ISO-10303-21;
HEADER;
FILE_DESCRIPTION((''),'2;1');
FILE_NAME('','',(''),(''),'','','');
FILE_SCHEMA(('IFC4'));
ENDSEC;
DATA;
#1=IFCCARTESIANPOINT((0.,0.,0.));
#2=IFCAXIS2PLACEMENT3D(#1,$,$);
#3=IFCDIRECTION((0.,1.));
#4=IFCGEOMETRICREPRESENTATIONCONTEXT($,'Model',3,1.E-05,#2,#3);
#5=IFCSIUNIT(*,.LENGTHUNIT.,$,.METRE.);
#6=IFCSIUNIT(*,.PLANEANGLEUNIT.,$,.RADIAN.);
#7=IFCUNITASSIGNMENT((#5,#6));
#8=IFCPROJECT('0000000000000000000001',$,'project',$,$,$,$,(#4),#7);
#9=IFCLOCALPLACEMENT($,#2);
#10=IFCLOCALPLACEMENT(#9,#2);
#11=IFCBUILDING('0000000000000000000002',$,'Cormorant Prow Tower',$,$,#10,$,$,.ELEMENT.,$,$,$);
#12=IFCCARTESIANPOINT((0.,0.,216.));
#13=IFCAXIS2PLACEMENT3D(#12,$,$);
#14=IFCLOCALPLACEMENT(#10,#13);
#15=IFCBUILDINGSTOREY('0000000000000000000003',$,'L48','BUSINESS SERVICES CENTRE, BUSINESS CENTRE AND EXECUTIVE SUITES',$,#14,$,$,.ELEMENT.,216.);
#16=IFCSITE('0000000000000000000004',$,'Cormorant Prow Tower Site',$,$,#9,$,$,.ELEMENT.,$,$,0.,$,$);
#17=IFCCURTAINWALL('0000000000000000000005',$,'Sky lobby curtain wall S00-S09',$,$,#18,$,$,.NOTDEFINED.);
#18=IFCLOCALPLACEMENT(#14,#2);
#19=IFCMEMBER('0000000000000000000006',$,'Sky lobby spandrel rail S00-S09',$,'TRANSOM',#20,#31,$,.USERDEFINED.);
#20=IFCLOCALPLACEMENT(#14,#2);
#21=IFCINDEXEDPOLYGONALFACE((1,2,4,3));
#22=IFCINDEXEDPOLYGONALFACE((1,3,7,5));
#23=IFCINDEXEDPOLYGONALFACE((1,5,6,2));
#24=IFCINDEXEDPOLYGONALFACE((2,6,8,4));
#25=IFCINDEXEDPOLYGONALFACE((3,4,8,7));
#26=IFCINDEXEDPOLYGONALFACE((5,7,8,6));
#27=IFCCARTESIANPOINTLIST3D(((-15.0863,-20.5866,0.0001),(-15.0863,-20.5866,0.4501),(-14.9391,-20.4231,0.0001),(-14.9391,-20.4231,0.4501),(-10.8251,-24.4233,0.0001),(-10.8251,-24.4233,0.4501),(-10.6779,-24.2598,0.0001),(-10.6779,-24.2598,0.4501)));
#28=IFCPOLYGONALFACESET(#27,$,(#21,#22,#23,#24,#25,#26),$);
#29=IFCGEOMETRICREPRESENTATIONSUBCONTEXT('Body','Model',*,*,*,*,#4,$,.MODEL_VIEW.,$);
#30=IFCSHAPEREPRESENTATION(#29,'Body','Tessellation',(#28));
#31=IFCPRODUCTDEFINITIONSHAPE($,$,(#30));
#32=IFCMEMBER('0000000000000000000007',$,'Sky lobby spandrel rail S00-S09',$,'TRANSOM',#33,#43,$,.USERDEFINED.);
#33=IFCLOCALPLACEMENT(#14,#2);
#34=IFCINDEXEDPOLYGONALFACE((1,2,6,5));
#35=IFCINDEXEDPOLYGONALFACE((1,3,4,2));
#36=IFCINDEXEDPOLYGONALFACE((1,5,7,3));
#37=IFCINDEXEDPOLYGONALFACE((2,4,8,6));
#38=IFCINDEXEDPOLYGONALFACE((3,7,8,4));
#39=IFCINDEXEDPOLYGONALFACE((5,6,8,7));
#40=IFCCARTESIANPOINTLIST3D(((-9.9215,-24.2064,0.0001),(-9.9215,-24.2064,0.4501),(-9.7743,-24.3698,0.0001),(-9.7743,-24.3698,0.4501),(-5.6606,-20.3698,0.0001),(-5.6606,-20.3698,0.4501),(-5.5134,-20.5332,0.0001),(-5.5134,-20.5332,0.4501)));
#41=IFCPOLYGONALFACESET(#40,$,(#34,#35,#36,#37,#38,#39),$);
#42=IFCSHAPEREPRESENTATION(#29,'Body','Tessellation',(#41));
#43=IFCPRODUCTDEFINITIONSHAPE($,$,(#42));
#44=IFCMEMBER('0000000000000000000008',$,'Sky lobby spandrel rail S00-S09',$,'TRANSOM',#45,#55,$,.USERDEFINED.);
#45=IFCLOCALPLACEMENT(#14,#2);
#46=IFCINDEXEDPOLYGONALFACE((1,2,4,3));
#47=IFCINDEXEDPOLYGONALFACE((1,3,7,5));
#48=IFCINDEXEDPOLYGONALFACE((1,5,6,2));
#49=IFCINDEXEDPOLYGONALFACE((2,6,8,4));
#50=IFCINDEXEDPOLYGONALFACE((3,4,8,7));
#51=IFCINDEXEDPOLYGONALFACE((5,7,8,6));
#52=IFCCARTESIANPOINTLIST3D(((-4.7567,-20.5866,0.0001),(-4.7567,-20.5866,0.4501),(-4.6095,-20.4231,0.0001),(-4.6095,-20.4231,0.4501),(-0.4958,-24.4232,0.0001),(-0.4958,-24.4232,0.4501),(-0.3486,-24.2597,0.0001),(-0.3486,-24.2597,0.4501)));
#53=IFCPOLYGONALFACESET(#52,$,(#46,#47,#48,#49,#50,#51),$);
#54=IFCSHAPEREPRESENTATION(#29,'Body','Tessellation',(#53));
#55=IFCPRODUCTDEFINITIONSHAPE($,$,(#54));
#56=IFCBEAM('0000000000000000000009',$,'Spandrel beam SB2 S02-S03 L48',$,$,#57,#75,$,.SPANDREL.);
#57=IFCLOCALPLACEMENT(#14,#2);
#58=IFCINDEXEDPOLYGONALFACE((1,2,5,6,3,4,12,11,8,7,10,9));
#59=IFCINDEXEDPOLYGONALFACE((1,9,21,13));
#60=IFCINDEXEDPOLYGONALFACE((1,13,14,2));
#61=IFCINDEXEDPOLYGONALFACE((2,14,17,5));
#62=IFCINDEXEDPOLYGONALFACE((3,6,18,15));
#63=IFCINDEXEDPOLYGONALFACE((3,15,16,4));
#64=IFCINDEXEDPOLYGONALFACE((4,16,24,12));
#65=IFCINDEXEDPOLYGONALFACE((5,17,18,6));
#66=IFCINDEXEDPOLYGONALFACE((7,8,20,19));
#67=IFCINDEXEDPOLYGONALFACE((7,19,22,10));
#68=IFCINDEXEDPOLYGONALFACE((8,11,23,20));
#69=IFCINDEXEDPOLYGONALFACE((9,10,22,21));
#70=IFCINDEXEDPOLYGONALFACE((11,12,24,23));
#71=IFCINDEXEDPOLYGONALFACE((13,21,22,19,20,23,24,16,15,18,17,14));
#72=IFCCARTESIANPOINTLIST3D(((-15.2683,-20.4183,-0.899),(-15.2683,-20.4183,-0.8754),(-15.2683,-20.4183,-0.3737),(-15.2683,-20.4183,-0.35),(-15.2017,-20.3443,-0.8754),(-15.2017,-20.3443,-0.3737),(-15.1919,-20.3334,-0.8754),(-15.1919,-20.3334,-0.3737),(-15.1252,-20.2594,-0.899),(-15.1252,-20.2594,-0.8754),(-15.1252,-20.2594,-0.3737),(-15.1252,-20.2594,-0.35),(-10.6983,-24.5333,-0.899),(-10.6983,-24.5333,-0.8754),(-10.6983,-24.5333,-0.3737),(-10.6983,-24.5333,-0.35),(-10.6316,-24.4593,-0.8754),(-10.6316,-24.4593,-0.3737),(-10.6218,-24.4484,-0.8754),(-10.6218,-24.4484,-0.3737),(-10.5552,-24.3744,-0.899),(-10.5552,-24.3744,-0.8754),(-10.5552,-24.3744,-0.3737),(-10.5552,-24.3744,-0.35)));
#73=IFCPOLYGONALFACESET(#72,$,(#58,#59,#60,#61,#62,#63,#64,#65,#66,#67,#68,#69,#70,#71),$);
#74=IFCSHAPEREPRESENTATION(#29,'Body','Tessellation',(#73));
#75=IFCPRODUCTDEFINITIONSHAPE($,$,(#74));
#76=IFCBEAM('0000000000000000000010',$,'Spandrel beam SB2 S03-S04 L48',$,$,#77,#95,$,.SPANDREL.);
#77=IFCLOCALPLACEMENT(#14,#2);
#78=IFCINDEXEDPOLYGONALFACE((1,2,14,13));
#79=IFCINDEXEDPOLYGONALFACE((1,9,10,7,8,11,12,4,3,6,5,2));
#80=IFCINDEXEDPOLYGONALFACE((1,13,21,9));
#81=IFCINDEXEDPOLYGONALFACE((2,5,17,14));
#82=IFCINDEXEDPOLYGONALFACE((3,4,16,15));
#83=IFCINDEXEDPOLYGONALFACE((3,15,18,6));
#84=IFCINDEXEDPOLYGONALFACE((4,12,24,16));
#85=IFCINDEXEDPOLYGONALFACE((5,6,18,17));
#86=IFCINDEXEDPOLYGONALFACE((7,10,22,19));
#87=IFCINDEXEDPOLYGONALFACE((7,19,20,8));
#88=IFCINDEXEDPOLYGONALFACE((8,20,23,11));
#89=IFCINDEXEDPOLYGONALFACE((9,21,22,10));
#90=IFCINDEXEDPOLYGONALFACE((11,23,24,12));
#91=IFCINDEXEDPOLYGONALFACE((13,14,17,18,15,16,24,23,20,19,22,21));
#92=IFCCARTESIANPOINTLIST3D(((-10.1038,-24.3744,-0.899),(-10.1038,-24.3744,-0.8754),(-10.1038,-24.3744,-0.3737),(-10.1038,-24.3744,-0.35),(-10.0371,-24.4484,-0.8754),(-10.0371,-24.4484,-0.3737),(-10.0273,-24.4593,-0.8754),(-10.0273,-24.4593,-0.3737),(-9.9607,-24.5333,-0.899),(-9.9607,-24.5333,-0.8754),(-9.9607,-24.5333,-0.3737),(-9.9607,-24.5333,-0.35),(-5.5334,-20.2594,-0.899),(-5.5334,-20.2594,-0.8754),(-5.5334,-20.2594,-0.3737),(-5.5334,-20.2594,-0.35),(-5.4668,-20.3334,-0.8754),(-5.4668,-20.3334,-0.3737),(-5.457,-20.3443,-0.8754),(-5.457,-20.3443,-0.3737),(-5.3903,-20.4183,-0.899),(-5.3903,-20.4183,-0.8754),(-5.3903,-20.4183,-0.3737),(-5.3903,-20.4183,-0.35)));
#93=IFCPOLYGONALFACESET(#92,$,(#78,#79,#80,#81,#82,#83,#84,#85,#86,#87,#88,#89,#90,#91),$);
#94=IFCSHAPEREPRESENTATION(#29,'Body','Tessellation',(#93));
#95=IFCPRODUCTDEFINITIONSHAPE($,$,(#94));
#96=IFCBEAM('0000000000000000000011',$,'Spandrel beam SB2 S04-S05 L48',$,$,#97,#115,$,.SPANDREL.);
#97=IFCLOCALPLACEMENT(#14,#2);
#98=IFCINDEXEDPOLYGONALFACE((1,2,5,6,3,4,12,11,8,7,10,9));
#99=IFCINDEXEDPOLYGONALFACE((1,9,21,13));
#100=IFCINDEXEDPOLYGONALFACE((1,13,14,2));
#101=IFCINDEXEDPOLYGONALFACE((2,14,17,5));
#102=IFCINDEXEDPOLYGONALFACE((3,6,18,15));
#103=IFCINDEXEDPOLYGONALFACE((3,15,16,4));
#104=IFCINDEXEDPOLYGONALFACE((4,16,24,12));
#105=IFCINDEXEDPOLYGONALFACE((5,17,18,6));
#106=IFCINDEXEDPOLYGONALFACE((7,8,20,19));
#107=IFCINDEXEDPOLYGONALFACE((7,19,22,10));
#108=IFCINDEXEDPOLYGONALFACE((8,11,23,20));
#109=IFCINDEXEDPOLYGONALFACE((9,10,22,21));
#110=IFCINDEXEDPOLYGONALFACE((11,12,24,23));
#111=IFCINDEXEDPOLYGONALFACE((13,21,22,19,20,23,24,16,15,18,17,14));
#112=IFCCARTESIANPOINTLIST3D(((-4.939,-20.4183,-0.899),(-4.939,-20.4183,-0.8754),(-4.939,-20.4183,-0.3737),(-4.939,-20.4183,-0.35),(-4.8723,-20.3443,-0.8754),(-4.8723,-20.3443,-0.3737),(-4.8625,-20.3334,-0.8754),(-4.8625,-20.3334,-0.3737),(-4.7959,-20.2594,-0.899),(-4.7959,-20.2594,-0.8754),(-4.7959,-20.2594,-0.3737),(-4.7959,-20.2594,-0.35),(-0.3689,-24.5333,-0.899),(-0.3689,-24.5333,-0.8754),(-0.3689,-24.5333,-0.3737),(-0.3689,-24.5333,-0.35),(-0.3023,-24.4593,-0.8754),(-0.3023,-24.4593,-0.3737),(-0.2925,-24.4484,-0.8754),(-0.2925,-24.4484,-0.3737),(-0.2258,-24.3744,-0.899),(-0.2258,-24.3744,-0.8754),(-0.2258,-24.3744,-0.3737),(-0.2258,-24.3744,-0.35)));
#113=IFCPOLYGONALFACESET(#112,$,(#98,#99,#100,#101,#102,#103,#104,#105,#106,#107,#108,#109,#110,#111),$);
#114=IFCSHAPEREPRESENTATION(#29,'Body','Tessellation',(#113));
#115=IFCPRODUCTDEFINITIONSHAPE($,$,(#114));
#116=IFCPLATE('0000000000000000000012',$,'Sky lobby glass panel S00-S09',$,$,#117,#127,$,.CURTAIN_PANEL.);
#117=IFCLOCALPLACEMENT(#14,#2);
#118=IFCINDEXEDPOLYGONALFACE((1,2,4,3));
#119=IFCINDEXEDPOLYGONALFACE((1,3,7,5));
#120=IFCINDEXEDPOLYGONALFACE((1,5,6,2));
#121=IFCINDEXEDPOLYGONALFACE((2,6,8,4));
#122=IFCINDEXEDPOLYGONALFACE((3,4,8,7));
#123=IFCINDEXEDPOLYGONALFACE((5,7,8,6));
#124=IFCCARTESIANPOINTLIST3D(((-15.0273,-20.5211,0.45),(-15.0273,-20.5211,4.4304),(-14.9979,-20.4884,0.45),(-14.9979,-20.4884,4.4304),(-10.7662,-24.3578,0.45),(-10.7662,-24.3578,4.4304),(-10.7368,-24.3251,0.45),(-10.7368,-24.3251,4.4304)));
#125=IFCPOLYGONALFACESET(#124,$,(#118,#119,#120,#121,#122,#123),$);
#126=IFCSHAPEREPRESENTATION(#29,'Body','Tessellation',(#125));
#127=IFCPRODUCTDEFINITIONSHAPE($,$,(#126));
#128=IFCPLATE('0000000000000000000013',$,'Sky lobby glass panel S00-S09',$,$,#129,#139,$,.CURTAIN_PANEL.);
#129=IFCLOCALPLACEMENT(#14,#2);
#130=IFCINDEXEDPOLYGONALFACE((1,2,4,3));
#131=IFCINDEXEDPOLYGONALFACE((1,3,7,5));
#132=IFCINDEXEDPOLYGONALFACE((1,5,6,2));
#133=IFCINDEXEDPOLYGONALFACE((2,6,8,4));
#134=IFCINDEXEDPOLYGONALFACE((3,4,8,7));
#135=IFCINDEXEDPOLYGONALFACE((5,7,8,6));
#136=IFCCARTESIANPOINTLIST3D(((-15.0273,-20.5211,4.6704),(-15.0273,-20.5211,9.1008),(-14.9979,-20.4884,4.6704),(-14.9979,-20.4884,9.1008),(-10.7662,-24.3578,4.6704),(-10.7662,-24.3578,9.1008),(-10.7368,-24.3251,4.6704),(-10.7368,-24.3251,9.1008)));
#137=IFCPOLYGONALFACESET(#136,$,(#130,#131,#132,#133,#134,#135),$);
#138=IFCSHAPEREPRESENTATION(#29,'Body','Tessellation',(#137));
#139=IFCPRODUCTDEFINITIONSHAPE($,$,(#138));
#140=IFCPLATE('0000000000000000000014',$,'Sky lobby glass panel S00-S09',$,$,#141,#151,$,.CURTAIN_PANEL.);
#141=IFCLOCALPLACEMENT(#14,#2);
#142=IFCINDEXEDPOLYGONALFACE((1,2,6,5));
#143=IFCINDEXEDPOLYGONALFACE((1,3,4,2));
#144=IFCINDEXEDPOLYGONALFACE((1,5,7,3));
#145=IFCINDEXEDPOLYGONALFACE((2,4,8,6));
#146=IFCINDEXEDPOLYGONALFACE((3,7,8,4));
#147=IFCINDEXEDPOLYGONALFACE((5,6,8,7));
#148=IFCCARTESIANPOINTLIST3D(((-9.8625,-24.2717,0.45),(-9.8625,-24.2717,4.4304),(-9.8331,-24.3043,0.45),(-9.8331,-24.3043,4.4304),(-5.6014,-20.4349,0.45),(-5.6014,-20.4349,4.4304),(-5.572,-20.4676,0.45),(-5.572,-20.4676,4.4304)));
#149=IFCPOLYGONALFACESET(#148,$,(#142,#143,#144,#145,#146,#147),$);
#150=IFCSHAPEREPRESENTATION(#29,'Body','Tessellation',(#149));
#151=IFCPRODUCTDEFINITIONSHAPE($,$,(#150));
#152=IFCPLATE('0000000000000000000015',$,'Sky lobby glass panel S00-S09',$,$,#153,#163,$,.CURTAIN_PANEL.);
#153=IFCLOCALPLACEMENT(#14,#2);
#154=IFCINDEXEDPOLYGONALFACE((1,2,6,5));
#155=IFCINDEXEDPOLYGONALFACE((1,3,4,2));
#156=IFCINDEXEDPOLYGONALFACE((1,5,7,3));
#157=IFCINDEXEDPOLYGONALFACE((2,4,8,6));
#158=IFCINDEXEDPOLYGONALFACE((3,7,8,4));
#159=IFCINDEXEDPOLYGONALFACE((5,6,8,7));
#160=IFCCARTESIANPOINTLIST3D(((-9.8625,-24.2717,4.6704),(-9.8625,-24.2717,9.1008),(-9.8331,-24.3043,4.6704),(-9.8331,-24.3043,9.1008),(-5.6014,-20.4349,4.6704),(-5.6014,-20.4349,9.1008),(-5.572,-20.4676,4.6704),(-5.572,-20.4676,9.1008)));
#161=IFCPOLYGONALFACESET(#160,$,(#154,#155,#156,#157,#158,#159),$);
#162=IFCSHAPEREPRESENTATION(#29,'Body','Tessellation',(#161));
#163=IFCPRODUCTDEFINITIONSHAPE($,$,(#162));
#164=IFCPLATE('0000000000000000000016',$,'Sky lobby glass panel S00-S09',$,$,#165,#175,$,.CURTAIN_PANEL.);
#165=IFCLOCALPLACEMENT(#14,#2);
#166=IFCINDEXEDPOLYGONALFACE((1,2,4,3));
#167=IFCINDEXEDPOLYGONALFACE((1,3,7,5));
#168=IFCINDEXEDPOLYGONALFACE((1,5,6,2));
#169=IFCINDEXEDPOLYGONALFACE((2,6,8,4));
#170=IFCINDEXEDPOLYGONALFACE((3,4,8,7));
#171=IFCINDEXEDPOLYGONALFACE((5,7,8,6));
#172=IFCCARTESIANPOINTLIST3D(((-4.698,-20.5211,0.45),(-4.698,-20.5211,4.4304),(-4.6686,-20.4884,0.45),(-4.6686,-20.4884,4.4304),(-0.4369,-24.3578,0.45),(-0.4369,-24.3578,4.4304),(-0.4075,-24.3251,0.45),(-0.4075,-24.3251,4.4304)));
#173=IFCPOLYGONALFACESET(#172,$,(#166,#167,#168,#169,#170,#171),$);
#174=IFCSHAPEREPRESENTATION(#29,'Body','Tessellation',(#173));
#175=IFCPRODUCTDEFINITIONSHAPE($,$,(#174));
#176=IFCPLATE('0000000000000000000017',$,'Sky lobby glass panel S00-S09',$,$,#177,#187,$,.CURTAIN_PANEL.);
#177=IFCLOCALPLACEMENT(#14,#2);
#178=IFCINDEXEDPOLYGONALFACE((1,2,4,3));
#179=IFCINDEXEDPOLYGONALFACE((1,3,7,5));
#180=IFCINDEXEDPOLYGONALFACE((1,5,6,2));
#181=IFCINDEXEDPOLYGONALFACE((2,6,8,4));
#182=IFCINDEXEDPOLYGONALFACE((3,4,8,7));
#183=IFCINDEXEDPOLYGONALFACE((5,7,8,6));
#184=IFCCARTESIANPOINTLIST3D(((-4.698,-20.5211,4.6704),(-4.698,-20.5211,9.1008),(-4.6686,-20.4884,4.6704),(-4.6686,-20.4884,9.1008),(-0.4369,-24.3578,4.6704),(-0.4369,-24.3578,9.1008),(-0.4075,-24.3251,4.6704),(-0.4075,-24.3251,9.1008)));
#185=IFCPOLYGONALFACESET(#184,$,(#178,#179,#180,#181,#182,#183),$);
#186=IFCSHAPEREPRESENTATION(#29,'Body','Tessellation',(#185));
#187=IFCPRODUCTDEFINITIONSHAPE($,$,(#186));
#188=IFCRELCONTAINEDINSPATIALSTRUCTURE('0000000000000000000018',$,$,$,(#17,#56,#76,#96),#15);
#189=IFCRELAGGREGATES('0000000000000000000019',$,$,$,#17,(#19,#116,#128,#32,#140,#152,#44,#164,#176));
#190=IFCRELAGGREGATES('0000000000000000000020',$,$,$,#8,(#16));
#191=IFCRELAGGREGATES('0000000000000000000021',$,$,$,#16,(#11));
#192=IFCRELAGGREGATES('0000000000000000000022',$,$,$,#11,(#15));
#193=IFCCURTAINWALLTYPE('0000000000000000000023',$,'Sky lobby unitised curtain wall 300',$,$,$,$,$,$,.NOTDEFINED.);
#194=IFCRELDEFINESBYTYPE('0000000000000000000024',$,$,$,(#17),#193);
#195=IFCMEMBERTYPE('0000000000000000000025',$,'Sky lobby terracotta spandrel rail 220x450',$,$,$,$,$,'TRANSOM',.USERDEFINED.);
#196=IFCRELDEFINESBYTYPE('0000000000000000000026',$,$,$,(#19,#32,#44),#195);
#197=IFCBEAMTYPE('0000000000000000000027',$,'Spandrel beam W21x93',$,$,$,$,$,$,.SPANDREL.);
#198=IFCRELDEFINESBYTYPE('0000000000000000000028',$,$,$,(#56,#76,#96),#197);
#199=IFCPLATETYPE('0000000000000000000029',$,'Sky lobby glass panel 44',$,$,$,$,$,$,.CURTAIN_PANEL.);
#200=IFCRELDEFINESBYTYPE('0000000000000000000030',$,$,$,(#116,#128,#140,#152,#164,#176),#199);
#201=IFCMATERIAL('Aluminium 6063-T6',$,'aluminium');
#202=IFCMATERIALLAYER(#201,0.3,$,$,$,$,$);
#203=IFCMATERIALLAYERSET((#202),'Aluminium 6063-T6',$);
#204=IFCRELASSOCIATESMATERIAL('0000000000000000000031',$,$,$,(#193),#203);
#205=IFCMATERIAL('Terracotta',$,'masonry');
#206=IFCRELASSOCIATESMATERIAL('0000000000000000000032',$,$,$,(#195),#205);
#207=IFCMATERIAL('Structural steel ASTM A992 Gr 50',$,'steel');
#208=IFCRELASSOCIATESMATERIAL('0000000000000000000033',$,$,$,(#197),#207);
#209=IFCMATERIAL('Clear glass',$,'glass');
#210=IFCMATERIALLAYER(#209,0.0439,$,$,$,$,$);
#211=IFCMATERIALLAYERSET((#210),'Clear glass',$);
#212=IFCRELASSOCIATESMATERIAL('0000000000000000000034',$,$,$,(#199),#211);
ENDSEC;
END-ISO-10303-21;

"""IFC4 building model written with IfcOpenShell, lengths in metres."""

from ifc_helpers import new_model, si_unit, direction, frame, origin, origin_2d, place, context, subcontext, project, spatial, rectangle, i_section, extrude, material, layer, layer_set, material_profile, profile_set, type_object, element, aggregate, save


model = new_model("IFC4")

# Units and contexts
model_context = context("Model", 3, precision=1e-05, world=origin(), true_north=direction((0.0, 1.0)))
body_context = subcontext(model_context, "Body", "Model", "MODEL_VIEW")
ifc_project = project(units=[si_unit("LENGTHUNIT", "METRE"), si_unit("PLANEANGLEUNIT", "RADIAN")], contexts=[model_context])

# Site, building, storey
site_placement = place(None, origin())
site = spatial("IfcSite", under=ifc_project, at=site_placement, Name="Cormorant Prow Tower Site", CompositionType="ELEMENT", RefElevation=0.0)
building_placement = place(site_placement, origin())
building = spatial("IfcBuilding", under=site, at=building_placement, Name="Cormorant Prow Tower", CompositionType="ELEMENT")
storey_placement = place(building_placement, frame((0.0, 0.0, 216.0)))
storey = spatial("IfcBuildingStorey", under=building, at=storey_placement, Name="L48", Description="BUSINESS SERVICES CENTRE, BUSINESS CENTRE AND EXECUTIVE SUITES", CompositionType="ELEMENT", Elevation=216.0)

# Curtain wall, members
ifc_material_1 = material(Name="Aluminium 6063-T6", Category="aluminium")
ifc_layer_1 = layer(ifc_material_1, 0.3)
ifc_layer_set_1 = layer_set([ifc_layer_1], Name="Aluminium 6063-T6")
curtain_wall_type = type_object("IfcCurtainWallType", Name="Sky lobby unitised curtain wall 300", PredefinedType="NOTDEFINED", material=ifc_layer_set_1)
curtain_wall_placement = place(storey_placement, origin())
curtain_wall = element("IfcCurtainWall", 1, at=curtain_wall_placement, inside=storey, type_object=curtain_wall_type, Name="Sky lobby curtain wall S00-S09", PredefinedType="NOTDEFINED")
ifc_material_2 = material(Name="Terracotta", Category="masonry")
ifc_material_profile_1 = material_profile(ifc_material_2, rectangle(XDim=0.22, YDim=0.45, at=origin_2d()), Name="Sky lobby terracotta spandrel rail 220x450")
ifc_profile_set_1 = profile_set([ifc_material_profile_1], Name="Terracotta")
member_type_1 = type_object("IfcMemberType", Name="Sky lobby terracotta spandrel rail 220x450", ElementType="TRANSOM", PredefinedType="USERDEFINED", material=ifc_profile_set_1)
member_1_placement = place(storey_placement, frame((-15.0127, -20.5049, 0.2251), z_axis=(0.743159, -0.669115, 0.0), x_axis=(0.669115, 0.743159, 0.0)))
member_1 = element("IfcMember", 2, at=member_1_placement, type_object=member_type_1, Name="Sky lobby spandrel rail S00-S09", ObjectType="TRANSOM", PredefinedType="USERDEFINED", context=body_context, shape_type="SweptSolid", body=[
    extrude(rectangle(XDim=0.22, YDim=0.45, at=origin_2d()), origin(), (0.0, 0.0, 1.0), 5.7339),
])
member_2_placement = place(storey_placement, frame((-9.8479, -24.2881, 0.2251), z_axis=(0.74314, 0.669136, 0.0), x_axis=(-0.669136, 0.74314, 0.0)))
member_2 = element("IfcMember", 3, at=member_2_placement, type_object=member_type_1, Name="Sky lobby spandrel rail S00-S09", ObjectType="TRANSOM", PredefinedType="USERDEFINED", context=body_context, shape_type="SweptSolid", body=[
    extrude(rectangle(XDim=0.22, YDim=0.45, at=origin_2d()), origin(), (0.0, 0.0, 1.0), 5.7336),
])
member_3_placement = place(storey_placement, frame((-4.6831, -20.5049, 0.2251), z_axis=(0.74314, -0.669136, 0.0), x_axis=(0.669136, 0.74314, 0.0)))
member_3 = element("IfcMember", 4, at=member_3_placement, type_object=member_type_1, Name="Sky lobby spandrel rail S00-S09", ObjectType="TRANSOM", PredefinedType="USERDEFINED", context=body_context, shape_type="SweptSolid", body=[
    extrude(rectangle(XDim=0.22, YDim=0.45, at=origin_2d()), origin(), (0.0, 0.0, 1.0), 5.7336),
])

# Beams
ifc_material_3 = material(Name="Structural steel ASTM A992 Gr 50", Category="steel")
ifc_material_profile_2 = material_profile(ifc_material_3, i_section(OverallWidth=0.2139, OverallDepth=0.5491, WebThickness=0.0146, FlangeThickness=0.0237, at=origin_2d()), Name="W21x93")
ifc_profile_set_2 = profile_set([ifc_material_profile_2], Name="Structural steel ASTM A992 Gr 50")
beam_type_1 = type_object("IfcBeamType", Name="Spandrel beam W21x93", PredefinedType="SPANDREL", material=ifc_profile_set_2)
beam_1_placement = place(storey_placement, frame((-15.1968, -20.3389, -0.6245), z_axis=(0.743138, -0.669138, 0.0), x_axis=(0.669138, 0.743138, 0.0)))
element("IfcBeam", 5, at=beam_1_placement, inside=storey, type_object=beam_type_1, Name="Spandrel beam SB2 S02-S03 L48", PredefinedType="SPANDREL", context=body_context, shape_type="SweptSolid", body=[
    extrude(i_section(OverallWidth=0.2139, OverallDepth=0.5491, WebThickness=0.0146, FlangeThickness=0.0237, at=origin_2d()), origin(), (0.0, 0.0, 1.0), 6.1497),
])
beam_2_placement = place(storey_placement, frame((-10.0322, -24.4539, -0.6245), z_axis=(0.743156, 0.669118, 0.0), x_axis=(-0.669118, 0.743156, 0.0)))
element("IfcBeam", 6, at=beam_2_placement, inside=storey, type_object=beam_type_1, Name="Spandrel beam SB2 S03-S04 L48", PredefinedType="SPANDREL", context=body_context, shape_type="SweptSolid", body=[
    extrude(i_section(OverallWidth=0.2139, OverallDepth=0.5491, WebThickness=0.0146, FlangeThickness=0.0237, at=origin_2d()), origin(), (0.0, 0.0, 1.0), 6.1499),
])
beam_3_placement = place(storey_placement, frame((-4.8674, -20.3389, -0.6245), z_axis=(0.743138, -0.669138, 0.0), x_axis=(0.669138, 0.743138, 0.0)))
element("IfcBeam", 7, at=beam_3_placement, inside=storey, type_object=beam_type_1, Name="Spandrel beam SB2 S04-S05 L48", PredefinedType="SPANDREL", context=body_context, shape_type="SweptSolid", body=[
    extrude(i_section(OverallWidth=0.2139, OverallDepth=0.5491, WebThickness=0.0146, FlangeThickness=0.0237, at=origin_2d()), origin(), (0.0, 0.0, 1.0), 6.1497),
])

# Plates
ifc_material_4 = material(Name="Clear glass", Category="glass")
ifc_layer_2 = layer(ifc_material_4, 0.0439)
ifc_layer_set_2 = layer_set([ifc_layer_2], Name="Clear glass")
plate_type = type_object("IfcPlateType", Name="Sky lobby glass panel 44", PredefinedType="CURTAIN_PANEL", material=ifc_layer_set_2)
plate_1_placement = place(storey_placement, frame((-12.8821, -22.4231, 0.45), z_axis=(0.0, 0.0, 1.0), x_axis=(0.743145, -0.669131, 0.0)))
plate_1 = element("IfcPlate", 8, at=plate_1_placement, type_object=plate_type, Name="Sky lobby glass panel S00-S09", PredefinedType="CURTAIN_PANEL", context=body_context, shape_type="SweptSolid", body=[
    extrude(rectangle(XDim=5.7339, YDim=0.0439, at=origin_2d()), origin(), (0.0, 0.0, 1.0), 3.9805),
])
plate_2_placement = place(storey_placement, frame((-12.8821, -22.4231, 4.6704), z_axis=(0.0, 0.0, 1.0), x_axis=(0.743145, -0.669131, 0.0)))
plate_2 = element("IfcPlate", 9, at=plate_2_placement, type_object=plate_type, Name="Sky lobby glass panel S00-S09", PredefinedType="CURTAIN_PANEL", context=body_context, shape_type="SweptSolid", body=[
    extrude(rectangle(XDim=5.7339, YDim=0.0439, at=origin_2d()), origin(), (0.0, 0.0, 1.0), 4.4304),
])
plate_3_placement = place(storey_placement, frame((-7.7173, -22.3696, 0.45), z_axis=(0.0, 0.0, 1.0), x_axis=(0.743145, 0.669131, 0.0)))
plate_3 = element("IfcPlate", 10, at=plate_3_placement, type_object=plate_type, Name="Sky lobby glass panel S00-S09", PredefinedType="CURTAIN_PANEL", context=body_context, shape_type="SweptSolid", body=[
    extrude(rectangle(XDim=5.7339, YDim=0.0439, at=origin_2d()), origin(), (0.0, 0.0, 1.0), 3.9805),
])
plate_4_placement = place(storey_placement, frame((-7.7173, -22.3696, 4.6704), z_axis=(0.0, 0.0, 1.0), x_axis=(0.743145, 0.669131, 0.0)))
plate_4 = element("IfcPlate", 11, at=plate_4_placement, type_object=plate_type, Name="Sky lobby glass panel S00-S09", PredefinedType="CURTAIN_PANEL", context=body_context, shape_type="SweptSolid", body=[
    extrude(rectangle(XDim=5.7339, YDim=0.0439, at=origin_2d()), origin(), (0.0, 0.0, 1.0), 4.4304),
])
plate_5_placement = place(storey_placement, frame((-2.5527, -22.4231, 0.45), z_axis=(0.0, 0.0, 1.0), x_axis=(0.743145, -0.669131, 0.0)))
plate_5 = element("IfcPlate", 12, at=plate_5_placement, type_object=plate_type, Name="Sky lobby glass panel S00-S09", PredefinedType="CURTAIN_PANEL", context=body_context, shape_type="SweptSolid", body=[
    extrude(rectangle(XDim=5.7339, YDim=0.0439, at=origin_2d()), origin(), (0.0, 0.0, 1.0), 3.9805),
])
plate_6_placement = place(storey_placement, frame((-2.5527, -22.4231, 4.6704), z_axis=(0.0, 0.0, 1.0), x_axis=(0.743145, -0.669131, 0.0)))
plate_6 = element("IfcPlate", 13, at=plate_6_placement, type_object=plate_type, Name="Sky lobby glass panel S00-S09", PredefinedType="CURTAIN_PANEL", context=body_context, shape_type="SweptSolid", body=[
    extrude(rectangle(XDim=5.7339, YDim=0.0439, at=origin_2d()), origin(), (0.0, 0.0, 1.0), 4.4304),
])
aggregate(curtain_wall, [member_1, plate_1, plate_2, member_2, plate_3, plate_4, member_3, plate_5, plate_6])

save(model, "model.ifc")
